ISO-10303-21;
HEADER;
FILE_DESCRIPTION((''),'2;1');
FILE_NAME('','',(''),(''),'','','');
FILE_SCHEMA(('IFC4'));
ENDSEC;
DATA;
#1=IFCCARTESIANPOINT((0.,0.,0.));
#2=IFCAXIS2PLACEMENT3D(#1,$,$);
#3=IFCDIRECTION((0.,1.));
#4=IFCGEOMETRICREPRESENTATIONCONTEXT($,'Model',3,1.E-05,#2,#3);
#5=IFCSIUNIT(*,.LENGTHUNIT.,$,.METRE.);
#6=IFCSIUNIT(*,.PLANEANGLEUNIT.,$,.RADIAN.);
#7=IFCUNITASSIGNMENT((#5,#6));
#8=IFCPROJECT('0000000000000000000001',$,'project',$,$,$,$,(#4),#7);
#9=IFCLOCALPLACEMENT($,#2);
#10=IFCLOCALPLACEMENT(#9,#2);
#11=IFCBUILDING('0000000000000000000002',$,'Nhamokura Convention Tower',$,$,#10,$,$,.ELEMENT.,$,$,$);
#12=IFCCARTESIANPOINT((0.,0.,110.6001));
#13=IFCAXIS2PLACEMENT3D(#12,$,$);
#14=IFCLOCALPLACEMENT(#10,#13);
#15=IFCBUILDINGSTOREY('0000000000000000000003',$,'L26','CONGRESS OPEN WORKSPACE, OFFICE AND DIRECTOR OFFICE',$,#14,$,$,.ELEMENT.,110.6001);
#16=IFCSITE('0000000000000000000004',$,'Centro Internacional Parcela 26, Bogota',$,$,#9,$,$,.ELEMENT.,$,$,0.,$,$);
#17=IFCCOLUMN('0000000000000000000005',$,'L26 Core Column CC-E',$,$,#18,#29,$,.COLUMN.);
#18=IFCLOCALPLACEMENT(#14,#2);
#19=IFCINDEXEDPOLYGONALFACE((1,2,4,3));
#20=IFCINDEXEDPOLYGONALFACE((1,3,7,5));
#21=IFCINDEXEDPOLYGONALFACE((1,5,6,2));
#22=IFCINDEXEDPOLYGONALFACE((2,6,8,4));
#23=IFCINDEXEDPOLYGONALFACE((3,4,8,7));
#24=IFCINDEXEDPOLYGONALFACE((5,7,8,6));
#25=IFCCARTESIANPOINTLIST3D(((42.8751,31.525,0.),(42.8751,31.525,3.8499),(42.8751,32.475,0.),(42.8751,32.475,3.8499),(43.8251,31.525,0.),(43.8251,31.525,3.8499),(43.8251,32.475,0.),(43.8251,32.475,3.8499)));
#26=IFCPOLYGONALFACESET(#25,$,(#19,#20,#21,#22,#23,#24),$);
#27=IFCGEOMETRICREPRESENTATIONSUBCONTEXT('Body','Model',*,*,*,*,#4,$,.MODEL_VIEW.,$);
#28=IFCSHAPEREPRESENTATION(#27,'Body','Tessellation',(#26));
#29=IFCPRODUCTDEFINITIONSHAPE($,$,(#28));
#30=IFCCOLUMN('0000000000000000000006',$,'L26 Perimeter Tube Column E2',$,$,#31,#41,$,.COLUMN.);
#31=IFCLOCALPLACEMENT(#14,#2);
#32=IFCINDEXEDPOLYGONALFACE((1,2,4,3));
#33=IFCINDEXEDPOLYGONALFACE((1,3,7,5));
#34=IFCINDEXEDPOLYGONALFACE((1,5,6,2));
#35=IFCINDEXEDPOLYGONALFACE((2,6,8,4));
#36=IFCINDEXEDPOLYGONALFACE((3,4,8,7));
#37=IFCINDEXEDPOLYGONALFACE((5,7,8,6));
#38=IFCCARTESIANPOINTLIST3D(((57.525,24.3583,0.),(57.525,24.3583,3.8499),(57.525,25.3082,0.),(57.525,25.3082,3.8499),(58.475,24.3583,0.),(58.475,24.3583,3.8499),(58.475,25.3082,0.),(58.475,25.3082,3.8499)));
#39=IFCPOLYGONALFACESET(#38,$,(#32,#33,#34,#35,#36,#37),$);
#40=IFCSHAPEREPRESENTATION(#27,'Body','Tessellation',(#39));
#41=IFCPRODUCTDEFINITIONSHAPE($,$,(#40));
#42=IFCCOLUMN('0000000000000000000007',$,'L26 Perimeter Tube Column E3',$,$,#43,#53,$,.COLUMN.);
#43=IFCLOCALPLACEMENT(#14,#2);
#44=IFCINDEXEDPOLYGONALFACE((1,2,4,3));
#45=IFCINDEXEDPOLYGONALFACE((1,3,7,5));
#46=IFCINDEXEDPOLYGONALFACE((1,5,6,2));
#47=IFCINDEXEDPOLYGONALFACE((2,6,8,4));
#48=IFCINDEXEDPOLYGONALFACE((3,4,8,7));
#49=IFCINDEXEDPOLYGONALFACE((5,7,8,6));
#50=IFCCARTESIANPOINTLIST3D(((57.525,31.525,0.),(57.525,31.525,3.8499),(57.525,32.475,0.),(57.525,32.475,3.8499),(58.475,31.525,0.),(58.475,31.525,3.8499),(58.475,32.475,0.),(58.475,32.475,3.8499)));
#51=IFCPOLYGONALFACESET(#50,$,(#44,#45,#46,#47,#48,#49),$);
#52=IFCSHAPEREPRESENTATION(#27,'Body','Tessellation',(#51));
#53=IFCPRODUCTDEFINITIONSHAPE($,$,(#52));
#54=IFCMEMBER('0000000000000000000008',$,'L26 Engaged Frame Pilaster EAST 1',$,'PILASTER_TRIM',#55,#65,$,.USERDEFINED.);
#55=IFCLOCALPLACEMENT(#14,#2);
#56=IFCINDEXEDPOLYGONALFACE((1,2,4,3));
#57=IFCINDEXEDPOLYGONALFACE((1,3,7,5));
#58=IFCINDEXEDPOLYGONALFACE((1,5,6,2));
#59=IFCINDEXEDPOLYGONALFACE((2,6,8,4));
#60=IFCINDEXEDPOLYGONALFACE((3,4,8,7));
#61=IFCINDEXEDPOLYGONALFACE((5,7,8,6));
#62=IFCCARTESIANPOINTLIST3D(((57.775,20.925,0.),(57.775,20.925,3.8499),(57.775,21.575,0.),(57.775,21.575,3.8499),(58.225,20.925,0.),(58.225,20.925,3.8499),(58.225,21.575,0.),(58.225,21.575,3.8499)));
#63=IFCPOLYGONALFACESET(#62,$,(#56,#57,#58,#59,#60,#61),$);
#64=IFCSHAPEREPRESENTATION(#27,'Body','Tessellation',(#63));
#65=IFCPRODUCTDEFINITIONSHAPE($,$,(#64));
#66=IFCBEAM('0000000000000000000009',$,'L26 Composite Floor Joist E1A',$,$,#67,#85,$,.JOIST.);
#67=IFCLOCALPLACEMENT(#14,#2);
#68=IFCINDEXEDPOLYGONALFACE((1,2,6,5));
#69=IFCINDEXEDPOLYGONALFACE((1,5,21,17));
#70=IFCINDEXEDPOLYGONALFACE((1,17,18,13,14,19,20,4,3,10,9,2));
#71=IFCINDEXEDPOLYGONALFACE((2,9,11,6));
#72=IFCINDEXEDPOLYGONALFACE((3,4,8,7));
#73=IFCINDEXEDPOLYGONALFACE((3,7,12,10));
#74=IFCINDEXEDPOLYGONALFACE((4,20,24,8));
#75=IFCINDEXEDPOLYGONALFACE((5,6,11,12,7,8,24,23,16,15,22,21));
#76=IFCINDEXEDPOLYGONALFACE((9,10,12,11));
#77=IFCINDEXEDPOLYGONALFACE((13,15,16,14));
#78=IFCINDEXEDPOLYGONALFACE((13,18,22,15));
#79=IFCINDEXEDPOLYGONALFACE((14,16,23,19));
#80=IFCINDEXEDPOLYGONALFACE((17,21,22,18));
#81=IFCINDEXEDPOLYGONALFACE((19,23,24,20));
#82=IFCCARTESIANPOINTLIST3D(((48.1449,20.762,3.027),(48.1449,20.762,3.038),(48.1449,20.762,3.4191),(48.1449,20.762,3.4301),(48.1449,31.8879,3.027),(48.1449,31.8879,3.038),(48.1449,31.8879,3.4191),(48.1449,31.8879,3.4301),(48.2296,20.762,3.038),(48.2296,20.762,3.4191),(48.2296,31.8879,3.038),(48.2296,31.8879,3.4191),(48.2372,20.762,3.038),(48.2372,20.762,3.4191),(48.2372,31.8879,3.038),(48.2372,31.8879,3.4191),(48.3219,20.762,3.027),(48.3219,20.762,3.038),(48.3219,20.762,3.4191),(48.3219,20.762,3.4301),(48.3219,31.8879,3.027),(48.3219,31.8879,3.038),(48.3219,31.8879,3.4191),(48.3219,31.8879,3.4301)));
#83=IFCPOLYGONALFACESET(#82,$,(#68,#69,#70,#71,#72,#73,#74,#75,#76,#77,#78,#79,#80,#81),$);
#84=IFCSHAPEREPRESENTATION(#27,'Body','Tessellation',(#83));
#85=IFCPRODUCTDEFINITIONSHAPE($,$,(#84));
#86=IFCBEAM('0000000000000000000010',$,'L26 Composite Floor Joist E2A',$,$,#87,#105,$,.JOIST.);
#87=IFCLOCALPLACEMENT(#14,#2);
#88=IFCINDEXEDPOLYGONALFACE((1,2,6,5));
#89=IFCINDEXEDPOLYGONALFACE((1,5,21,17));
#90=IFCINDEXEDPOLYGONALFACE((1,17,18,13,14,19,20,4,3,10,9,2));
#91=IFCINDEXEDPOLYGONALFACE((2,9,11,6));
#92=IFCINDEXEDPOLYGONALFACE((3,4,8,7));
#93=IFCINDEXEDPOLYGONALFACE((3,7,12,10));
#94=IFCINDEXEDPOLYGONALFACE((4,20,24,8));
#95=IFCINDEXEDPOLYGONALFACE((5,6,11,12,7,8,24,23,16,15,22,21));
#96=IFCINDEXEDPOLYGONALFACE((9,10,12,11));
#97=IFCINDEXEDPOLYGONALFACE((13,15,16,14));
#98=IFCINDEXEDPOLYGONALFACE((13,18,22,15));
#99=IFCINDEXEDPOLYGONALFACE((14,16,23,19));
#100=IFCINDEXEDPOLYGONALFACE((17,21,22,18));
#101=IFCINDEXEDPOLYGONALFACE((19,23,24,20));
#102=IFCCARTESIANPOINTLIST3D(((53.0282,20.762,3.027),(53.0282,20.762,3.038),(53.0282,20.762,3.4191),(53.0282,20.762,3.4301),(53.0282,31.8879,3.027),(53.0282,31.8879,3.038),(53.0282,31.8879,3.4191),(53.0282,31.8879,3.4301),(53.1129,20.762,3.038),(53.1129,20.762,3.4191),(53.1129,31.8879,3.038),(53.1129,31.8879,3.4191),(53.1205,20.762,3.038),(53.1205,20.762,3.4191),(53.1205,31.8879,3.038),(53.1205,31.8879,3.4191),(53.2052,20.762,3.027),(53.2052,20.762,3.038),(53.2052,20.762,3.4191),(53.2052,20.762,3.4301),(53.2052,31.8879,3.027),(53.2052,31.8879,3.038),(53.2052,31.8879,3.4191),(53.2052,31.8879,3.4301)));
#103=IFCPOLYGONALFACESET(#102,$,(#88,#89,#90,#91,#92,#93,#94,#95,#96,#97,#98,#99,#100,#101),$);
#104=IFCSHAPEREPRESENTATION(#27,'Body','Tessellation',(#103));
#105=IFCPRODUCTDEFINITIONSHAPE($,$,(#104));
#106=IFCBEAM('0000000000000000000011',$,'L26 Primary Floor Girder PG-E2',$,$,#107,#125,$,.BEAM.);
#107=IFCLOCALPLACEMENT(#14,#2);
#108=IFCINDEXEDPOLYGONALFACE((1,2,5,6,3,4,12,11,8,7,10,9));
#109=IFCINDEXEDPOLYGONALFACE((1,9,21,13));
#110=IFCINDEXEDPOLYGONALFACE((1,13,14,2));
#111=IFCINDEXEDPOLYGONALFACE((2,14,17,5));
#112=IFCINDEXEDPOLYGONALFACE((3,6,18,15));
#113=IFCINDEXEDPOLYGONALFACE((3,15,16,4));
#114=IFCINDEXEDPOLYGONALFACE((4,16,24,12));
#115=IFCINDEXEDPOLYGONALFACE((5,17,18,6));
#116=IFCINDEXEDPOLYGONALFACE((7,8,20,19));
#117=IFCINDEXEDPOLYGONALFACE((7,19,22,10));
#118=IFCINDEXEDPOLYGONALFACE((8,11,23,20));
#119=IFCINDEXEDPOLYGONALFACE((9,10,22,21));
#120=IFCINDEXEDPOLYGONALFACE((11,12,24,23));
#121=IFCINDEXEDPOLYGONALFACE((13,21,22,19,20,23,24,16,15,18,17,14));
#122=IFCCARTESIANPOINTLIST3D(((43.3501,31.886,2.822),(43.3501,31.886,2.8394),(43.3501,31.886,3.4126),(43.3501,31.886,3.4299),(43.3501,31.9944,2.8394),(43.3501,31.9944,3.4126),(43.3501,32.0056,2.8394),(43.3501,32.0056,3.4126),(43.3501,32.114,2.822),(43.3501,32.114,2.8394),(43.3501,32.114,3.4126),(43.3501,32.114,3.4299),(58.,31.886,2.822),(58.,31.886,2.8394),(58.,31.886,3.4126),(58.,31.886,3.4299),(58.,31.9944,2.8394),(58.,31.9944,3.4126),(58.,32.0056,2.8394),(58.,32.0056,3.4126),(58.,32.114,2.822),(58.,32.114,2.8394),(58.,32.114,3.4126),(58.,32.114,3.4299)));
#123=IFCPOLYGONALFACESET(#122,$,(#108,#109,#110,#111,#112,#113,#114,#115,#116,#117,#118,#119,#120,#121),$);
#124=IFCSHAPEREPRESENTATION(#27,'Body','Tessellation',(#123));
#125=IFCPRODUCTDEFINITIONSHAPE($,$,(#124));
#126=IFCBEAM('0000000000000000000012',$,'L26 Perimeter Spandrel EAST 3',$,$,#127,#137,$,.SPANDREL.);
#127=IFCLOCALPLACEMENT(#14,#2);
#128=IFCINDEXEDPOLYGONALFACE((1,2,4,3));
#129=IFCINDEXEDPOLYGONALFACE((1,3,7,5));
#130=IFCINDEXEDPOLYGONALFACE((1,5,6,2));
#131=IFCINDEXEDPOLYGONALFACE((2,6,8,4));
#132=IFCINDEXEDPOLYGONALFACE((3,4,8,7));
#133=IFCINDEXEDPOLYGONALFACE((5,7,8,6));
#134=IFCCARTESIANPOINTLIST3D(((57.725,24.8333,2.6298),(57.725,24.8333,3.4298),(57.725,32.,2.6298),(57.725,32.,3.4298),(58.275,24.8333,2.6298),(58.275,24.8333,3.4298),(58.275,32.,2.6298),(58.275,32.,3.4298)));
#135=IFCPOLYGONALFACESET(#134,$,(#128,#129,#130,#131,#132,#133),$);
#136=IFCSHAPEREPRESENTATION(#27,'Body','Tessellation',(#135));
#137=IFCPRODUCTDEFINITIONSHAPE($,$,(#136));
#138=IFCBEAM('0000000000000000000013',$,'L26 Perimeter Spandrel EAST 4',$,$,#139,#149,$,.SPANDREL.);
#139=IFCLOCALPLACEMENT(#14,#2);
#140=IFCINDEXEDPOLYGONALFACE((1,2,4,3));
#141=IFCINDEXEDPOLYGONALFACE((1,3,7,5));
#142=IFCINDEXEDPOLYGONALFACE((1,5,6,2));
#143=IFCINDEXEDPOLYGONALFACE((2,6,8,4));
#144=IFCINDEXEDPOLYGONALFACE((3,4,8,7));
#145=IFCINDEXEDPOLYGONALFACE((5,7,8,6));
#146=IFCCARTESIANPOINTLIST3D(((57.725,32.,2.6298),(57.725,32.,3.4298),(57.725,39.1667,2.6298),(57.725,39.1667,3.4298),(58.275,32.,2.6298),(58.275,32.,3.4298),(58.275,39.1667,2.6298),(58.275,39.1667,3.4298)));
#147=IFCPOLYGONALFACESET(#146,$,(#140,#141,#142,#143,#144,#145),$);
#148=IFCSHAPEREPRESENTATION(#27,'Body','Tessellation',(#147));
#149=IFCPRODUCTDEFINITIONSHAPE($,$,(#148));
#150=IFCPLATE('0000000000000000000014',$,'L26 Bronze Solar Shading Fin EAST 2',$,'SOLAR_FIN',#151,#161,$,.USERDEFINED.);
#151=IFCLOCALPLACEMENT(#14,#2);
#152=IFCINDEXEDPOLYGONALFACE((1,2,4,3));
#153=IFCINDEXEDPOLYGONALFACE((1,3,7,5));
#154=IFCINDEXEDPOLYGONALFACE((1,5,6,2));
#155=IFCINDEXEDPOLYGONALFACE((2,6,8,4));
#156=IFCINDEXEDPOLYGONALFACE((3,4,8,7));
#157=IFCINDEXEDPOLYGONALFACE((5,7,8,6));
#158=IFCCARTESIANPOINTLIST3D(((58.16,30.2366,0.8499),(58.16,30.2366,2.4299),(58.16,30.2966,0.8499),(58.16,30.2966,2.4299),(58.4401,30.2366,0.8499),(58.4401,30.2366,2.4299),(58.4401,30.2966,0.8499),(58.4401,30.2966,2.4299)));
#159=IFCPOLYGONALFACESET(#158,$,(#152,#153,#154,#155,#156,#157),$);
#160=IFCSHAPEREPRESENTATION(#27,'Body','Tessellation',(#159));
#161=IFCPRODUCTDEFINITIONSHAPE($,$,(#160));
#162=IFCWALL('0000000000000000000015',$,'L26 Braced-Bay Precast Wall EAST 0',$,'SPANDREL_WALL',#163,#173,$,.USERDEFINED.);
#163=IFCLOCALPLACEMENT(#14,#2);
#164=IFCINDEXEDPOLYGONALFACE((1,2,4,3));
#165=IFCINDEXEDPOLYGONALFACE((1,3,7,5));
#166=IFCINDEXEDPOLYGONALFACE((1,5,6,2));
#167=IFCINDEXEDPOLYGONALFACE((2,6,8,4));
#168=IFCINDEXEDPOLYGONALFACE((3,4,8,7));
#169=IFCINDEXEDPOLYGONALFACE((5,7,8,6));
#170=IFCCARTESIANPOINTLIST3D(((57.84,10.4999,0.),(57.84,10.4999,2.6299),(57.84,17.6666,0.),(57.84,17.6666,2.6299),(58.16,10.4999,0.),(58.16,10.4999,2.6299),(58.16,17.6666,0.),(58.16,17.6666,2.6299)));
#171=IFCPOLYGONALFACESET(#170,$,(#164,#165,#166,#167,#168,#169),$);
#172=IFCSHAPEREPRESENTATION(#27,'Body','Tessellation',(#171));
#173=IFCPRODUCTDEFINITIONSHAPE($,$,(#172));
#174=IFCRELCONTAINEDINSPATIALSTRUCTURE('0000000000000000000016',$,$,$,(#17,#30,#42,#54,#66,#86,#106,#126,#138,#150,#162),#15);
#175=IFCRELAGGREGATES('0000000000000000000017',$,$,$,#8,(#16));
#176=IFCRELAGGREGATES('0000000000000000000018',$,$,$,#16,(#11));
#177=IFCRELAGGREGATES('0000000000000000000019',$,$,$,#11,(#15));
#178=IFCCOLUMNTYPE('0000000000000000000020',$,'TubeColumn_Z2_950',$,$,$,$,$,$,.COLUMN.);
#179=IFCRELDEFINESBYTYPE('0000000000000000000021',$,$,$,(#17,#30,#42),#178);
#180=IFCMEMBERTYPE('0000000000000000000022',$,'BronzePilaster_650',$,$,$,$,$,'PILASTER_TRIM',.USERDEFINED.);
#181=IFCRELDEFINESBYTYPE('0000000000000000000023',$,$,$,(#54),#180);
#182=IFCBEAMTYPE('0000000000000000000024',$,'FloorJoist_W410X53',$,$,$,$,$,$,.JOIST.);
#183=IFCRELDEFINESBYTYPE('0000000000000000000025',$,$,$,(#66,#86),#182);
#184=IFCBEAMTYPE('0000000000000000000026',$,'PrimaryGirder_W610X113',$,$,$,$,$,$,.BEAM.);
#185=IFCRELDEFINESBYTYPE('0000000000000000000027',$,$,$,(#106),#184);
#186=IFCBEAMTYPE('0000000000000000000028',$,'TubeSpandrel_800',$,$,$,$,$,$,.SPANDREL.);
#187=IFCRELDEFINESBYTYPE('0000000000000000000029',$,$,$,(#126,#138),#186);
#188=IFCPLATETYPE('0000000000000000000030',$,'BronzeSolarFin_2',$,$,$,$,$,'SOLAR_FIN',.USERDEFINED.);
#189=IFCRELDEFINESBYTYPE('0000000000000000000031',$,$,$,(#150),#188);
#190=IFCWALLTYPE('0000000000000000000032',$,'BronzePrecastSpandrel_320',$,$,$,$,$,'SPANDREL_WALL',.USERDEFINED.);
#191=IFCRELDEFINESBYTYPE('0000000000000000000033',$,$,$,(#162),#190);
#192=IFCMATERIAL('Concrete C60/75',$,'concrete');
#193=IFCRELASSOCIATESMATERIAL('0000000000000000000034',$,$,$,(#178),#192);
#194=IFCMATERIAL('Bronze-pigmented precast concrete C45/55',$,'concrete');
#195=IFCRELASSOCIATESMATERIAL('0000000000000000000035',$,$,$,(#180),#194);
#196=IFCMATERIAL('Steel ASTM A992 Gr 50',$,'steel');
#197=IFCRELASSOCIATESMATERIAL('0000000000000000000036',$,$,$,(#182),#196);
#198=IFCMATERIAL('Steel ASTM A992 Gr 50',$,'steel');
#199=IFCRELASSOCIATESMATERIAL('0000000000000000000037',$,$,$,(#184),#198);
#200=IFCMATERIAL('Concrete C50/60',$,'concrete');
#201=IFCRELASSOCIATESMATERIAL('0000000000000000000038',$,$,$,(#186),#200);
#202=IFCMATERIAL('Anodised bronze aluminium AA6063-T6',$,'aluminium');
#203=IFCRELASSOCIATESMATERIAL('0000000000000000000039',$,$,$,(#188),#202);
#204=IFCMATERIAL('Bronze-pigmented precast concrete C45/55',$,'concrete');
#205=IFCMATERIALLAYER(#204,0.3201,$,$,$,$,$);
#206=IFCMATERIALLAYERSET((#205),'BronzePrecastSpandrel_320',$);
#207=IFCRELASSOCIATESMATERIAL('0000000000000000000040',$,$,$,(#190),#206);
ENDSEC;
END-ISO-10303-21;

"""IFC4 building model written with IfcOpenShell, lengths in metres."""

from ifc_helpers import new_model, si_unit, direction, frame, frame_2d, origin, origin_2d, place, context, subcontext, project, spatial, rectangle, i_section, extrude, material, layer, layer_set, material_profile, profile_set, type_object, element, save


model = new_model("IFC4")

# Units and contexts
model_context = context("Model", 3, precision=1e-05, world=origin(), true_north=direction((0.0, 1.0)))
body_context = subcontext(model_context, "Body", "Model", "MODEL_VIEW")
ifc_project = project(units=[si_unit("LENGTHUNIT", "METRE"), si_unit("PLANEANGLEUNIT", "RADIAN")], contexts=[model_context])

# Site, building, storey
site_placement = place(None, origin())
site = spatial("IfcSite", under=ifc_project, at=site_placement, Name="Centro Internacional Parcela 26, Bogota", CompositionType="ELEMENT", RefElevation=0.0)
building_placement = place(site_placement, origin())
building = spatial("IfcBuilding", under=site, at=building_placement, Name="Nhamokura Convention Tower", CompositionType="ELEMENT")
storey_placement = place(building_placement, frame((0.0, 0.0, 110.6001)))
storey = spatial("IfcBuildingStorey", under=building, at=storey_placement, Name="L26", Description="CONGRESS OPEN WORKSPACE, OFFICE AND DIRECTOR OFFICE", CompositionType="ELEMENT", Elevation=110.6001)

# Columns
ifc_material_1 = material(Name="Concrete C60/75", Category="concrete")
ifc_material_profile_1 = material_profile(ifc_material_1, rectangle(XDim=0.95, YDim=0.95, at=origin_2d()))
ifc_profile_set_1 = profile_set([ifc_material_profile_1], Name="Concrete C60/75")
column_type = type_object("IfcColumnType", Name="TubeColumn_Z2_950", PredefinedType="COLUMN", material=ifc_profile_set_1)
for number, where, z_axis, x_axis, name in (
    (1, (43.3501, 32.0, 0.0), (0.0, 0.0, 1.0), (1.0, 0.0, 0.0), "L26 Core Column CC-E"),
    (2, (58.0, 24.8333, 0.0), (0.0, 0.0, 1.0), (1.0, 0.0, 0.0), "L26 Perimeter Tube Column E2"),
    (3, (58.0, 32.0, 0.0), (0.0, 0.0, 1.0), (1.0, 0.0, 0.0), "L26 Perimeter Tube Column E3"),
):
    element("IfcColumn", number, at=place(storey_placement, frame(where, z_axis=z_axis, x_axis=x_axis)), inside=storey, type_object=column_type, Name=name, PredefinedType="COLUMN", context=body_context, shape_type="SweptSolid", body=[
        extrude(rectangle(XDim=0.95, YDim=0.95, at=origin_2d()), origin(), (0.0, 0.0, 1.0), 3.8499),
    ])

# Member
ifc_material_2 = material(Name="Bronze-pigmented precast concrete C45/55", Category="concrete")
ifc_material_profile_2 = material_profile(ifc_material_2, rectangle(XDim=0.45, YDim=0.6499, at=origin_2d()))
ifc_profile_set_2 = profile_set([ifc_material_profile_2], Name="Bronze-pigmented precast concrete C45/55")
member_type = type_object("IfcMemberType", Name="BronzePilaster_650", ElementType="PILASTER_TRIM", PredefinedType="USERDEFINED", material=ifc_profile_set_2)
member_placement = place(storey_placement, frame((58.0, 21.25, 0.0), z_axis=(0.0, 0.0, 1.0), x_axis=(1.0, 0.0, 0.0)))
element("IfcMember", 4, at=member_placement, inside=storey, type_object=member_type, Name="L26 Engaged Frame Pilaster EAST 1", ObjectType="PILASTER_TRIM", PredefinedType="USERDEFINED", context=body_context, shape_type="SweptSolid", body=[
    extrude(rectangle(XDim=0.45, YDim=0.6499, at=origin_2d()), origin(), (0.0, 0.0, 1.0), 3.8499),
])

# Beams
ifc_material_3 = material(Name="Steel ASTM A992 Gr 50", Category="steel")
ifc_material_profile_3 = material_profile(ifc_material_3, i_section(OverallWidth=0.177, OverallDepth=0.4031, WebThickness=0.0076, FlangeThickness=0.011, at=origin_2d()))
ifc_profile_set_3 = profile_set([ifc_material_profile_3], Name="Steel ASTM A992 Gr 50")
beam_type_1 = type_object("IfcBeamType", Name="FloorJoist_W410X53", PredefinedType="JOIST", material=ifc_profile_set_3)
for number, where, z_axis, x_axis, name in (
    (5, (48.2334, 20.762, 3.2285), (0.0, 1.0, 0.0), (-1.0, 0.0, 0.0), "L26 Composite Floor Joist E1A"),
    (6, (53.1167, 20.762, 3.2285), (0.0, 1.0, 0.0), (-1.0, 0.0, 0.0), "L26 Composite Floor Joist E2A"),
):
    element("IfcBeam", number, at=place(storey_placement, frame(where, z_axis=z_axis, x_axis=x_axis)), inside=storey, type_object=beam_type_1, Name=name, PredefinedType="JOIST", context=body_context, shape_type="SweptSolid", body=[
        extrude(i_section(OverallWidth=0.177, OverallDepth=0.4031, WebThickness=0.0076, FlangeThickness=0.011, at=origin_2d()), origin(), (0.0, 0.0, 1.0), 11.126),
    ])
ifc_material_4 = material(Name="Steel ASTM A992 Gr 50", Category="steel")
ifc_material_profile_4 = material_profile(ifc_material_4, i_section(OverallWidth=0.228, OverallDepth=0.6079, WebThickness=0.0112, FlangeThickness=0.0173, at=origin_2d()))
ifc_profile_set_4 = profile_set([ifc_material_profile_4], Name="Steel ASTM A992 Gr 50")
beam_type_2 = type_object("IfcBeamType", Name="PrimaryGirder_W610X113", PredefinedType="BEAM", material=ifc_profile_set_4)
beam_placement = place(storey_placement, frame((43.3501, 32.0, 3.126), z_axis=(1.0, 0.0, 0.0), x_axis=(0.0, 1.0, 0.0)))
element("IfcBeam", 7, at=beam_placement, inside=storey, type_object=beam_type_2, Name="L26 Primary Floor Girder PG-E2", PredefinedType="BEAM", context=body_context, shape_type="SweptSolid", body=[
    extrude(i_section(OverallWidth=0.228, OverallDepth=0.6079, WebThickness=0.0112, FlangeThickness=0.0173, at=origin_2d()), origin(), (0.0, 0.0, 1.0), 14.6499),
])
ifc_material_5 = material(Name="Concrete C50/60", Category="concrete")
ifc_material_profile_5 = material_profile(ifc_material_5, rectangle(XDim=0.55, YDim=0.8, at=origin_2d()))
ifc_profile_set_5 = profile_set([ifc_material_profile_5], Name="Concrete C50/60")
beam_type_3 = type_object("IfcBeamType", Name="TubeSpandrel_800", PredefinedType="SPANDREL", material=ifc_profile_set_5)
for number, where, z_axis, x_axis, name in (
    (8, (58.0, 24.8333, 3.0298), (0.0, 1.0, 0.0), (-1.0, 0.0, 0.0), "L26 Perimeter Spandrel EAST 3"),
    (9, (58.0, 32.0, 3.0298), (0.0, 1.0, 0.0), (-1.0, 0.0, 0.0), "L26 Perimeter Spandrel EAST 4"),
):
    element("IfcBeam", number, at=place(storey_placement, frame(where, z_axis=z_axis, x_axis=x_axis)), inside=storey, type_object=beam_type_3, Name=name, PredefinedType="SPANDREL", context=body_context, shape_type="SweptSolid", body=[
        extrude(rectangle(XDim=0.55, YDim=0.8, at=origin_2d()), origin(), (0.0, 0.0, 1.0), 7.1667),
    ])

# Plate
ifc_material_6 = material(Name="Anodised bronze aluminium AA6063-T6", Category="aluminium")
plate_type = type_object("IfcPlateType", Name="BronzeSolarFin_2", ElementType="SOLAR_FIN", PredefinedType="USERDEFINED", material=ifc_material_6)
plate_placement = place(storey_placement, frame((58.3, 30.2666, 0.8499), z_axis=(0.0, 0.0, 1.0), x_axis=(1.0, 0.0, 0.0)))
element("IfcPlate", 10, at=plate_placement, inside=storey, type_object=plate_type, Name="L26 Bronze Solar Shading Fin EAST 2", ObjectType="SOLAR_FIN", PredefinedType="USERDEFINED", context=body_context, shape_type="SweptSolid", body=[
    extrude(rectangle(XDim=0.28, YDim=0.0601, at=origin_2d()), origin(), (0.0, 0.0, 1.0), 1.5801),
])

# Wall
ifc_material_7 = material(Name="Bronze-pigmented precast concrete C45/55", Category="concrete")
ifc_layer_1 = layer(ifc_material_7, 0.3201)
ifc_layer_set_1 = layer_set([ifc_layer_1], Name="BronzePrecastSpandrel_320")
wall_type_1 = type_object("IfcWallType", Name="BronzePrecastSpandrel_320", ElementType="SPANDREL_WALL", PredefinedType="USERDEFINED", material=ifc_layer_set_1)
wall_1_placement = place(storey_placement, frame((58.0, 17.6667, 0.0), z_axis=(0.0, 0.0, 1.0), x_axis=(0.0, -1.0, 0.0)))
element("IfcWall", 11, at=wall_1_placement, inside=storey, type_object=wall_type_1, Name="L26 Braced-Bay Precast Wall EAST 0", ObjectType="SPANDREL_WALL", PredefinedType="USERDEFINED", context=body_context, shape_type="SweptSolid", body=[
    extrude(rectangle(XDim=7.1667, YDim=0.3201, at=frame_2d((3.5835, 0.0))), origin(), (0.0, 0.0, 1.0), 2.6299),
])

save(model, "model.ifc")
